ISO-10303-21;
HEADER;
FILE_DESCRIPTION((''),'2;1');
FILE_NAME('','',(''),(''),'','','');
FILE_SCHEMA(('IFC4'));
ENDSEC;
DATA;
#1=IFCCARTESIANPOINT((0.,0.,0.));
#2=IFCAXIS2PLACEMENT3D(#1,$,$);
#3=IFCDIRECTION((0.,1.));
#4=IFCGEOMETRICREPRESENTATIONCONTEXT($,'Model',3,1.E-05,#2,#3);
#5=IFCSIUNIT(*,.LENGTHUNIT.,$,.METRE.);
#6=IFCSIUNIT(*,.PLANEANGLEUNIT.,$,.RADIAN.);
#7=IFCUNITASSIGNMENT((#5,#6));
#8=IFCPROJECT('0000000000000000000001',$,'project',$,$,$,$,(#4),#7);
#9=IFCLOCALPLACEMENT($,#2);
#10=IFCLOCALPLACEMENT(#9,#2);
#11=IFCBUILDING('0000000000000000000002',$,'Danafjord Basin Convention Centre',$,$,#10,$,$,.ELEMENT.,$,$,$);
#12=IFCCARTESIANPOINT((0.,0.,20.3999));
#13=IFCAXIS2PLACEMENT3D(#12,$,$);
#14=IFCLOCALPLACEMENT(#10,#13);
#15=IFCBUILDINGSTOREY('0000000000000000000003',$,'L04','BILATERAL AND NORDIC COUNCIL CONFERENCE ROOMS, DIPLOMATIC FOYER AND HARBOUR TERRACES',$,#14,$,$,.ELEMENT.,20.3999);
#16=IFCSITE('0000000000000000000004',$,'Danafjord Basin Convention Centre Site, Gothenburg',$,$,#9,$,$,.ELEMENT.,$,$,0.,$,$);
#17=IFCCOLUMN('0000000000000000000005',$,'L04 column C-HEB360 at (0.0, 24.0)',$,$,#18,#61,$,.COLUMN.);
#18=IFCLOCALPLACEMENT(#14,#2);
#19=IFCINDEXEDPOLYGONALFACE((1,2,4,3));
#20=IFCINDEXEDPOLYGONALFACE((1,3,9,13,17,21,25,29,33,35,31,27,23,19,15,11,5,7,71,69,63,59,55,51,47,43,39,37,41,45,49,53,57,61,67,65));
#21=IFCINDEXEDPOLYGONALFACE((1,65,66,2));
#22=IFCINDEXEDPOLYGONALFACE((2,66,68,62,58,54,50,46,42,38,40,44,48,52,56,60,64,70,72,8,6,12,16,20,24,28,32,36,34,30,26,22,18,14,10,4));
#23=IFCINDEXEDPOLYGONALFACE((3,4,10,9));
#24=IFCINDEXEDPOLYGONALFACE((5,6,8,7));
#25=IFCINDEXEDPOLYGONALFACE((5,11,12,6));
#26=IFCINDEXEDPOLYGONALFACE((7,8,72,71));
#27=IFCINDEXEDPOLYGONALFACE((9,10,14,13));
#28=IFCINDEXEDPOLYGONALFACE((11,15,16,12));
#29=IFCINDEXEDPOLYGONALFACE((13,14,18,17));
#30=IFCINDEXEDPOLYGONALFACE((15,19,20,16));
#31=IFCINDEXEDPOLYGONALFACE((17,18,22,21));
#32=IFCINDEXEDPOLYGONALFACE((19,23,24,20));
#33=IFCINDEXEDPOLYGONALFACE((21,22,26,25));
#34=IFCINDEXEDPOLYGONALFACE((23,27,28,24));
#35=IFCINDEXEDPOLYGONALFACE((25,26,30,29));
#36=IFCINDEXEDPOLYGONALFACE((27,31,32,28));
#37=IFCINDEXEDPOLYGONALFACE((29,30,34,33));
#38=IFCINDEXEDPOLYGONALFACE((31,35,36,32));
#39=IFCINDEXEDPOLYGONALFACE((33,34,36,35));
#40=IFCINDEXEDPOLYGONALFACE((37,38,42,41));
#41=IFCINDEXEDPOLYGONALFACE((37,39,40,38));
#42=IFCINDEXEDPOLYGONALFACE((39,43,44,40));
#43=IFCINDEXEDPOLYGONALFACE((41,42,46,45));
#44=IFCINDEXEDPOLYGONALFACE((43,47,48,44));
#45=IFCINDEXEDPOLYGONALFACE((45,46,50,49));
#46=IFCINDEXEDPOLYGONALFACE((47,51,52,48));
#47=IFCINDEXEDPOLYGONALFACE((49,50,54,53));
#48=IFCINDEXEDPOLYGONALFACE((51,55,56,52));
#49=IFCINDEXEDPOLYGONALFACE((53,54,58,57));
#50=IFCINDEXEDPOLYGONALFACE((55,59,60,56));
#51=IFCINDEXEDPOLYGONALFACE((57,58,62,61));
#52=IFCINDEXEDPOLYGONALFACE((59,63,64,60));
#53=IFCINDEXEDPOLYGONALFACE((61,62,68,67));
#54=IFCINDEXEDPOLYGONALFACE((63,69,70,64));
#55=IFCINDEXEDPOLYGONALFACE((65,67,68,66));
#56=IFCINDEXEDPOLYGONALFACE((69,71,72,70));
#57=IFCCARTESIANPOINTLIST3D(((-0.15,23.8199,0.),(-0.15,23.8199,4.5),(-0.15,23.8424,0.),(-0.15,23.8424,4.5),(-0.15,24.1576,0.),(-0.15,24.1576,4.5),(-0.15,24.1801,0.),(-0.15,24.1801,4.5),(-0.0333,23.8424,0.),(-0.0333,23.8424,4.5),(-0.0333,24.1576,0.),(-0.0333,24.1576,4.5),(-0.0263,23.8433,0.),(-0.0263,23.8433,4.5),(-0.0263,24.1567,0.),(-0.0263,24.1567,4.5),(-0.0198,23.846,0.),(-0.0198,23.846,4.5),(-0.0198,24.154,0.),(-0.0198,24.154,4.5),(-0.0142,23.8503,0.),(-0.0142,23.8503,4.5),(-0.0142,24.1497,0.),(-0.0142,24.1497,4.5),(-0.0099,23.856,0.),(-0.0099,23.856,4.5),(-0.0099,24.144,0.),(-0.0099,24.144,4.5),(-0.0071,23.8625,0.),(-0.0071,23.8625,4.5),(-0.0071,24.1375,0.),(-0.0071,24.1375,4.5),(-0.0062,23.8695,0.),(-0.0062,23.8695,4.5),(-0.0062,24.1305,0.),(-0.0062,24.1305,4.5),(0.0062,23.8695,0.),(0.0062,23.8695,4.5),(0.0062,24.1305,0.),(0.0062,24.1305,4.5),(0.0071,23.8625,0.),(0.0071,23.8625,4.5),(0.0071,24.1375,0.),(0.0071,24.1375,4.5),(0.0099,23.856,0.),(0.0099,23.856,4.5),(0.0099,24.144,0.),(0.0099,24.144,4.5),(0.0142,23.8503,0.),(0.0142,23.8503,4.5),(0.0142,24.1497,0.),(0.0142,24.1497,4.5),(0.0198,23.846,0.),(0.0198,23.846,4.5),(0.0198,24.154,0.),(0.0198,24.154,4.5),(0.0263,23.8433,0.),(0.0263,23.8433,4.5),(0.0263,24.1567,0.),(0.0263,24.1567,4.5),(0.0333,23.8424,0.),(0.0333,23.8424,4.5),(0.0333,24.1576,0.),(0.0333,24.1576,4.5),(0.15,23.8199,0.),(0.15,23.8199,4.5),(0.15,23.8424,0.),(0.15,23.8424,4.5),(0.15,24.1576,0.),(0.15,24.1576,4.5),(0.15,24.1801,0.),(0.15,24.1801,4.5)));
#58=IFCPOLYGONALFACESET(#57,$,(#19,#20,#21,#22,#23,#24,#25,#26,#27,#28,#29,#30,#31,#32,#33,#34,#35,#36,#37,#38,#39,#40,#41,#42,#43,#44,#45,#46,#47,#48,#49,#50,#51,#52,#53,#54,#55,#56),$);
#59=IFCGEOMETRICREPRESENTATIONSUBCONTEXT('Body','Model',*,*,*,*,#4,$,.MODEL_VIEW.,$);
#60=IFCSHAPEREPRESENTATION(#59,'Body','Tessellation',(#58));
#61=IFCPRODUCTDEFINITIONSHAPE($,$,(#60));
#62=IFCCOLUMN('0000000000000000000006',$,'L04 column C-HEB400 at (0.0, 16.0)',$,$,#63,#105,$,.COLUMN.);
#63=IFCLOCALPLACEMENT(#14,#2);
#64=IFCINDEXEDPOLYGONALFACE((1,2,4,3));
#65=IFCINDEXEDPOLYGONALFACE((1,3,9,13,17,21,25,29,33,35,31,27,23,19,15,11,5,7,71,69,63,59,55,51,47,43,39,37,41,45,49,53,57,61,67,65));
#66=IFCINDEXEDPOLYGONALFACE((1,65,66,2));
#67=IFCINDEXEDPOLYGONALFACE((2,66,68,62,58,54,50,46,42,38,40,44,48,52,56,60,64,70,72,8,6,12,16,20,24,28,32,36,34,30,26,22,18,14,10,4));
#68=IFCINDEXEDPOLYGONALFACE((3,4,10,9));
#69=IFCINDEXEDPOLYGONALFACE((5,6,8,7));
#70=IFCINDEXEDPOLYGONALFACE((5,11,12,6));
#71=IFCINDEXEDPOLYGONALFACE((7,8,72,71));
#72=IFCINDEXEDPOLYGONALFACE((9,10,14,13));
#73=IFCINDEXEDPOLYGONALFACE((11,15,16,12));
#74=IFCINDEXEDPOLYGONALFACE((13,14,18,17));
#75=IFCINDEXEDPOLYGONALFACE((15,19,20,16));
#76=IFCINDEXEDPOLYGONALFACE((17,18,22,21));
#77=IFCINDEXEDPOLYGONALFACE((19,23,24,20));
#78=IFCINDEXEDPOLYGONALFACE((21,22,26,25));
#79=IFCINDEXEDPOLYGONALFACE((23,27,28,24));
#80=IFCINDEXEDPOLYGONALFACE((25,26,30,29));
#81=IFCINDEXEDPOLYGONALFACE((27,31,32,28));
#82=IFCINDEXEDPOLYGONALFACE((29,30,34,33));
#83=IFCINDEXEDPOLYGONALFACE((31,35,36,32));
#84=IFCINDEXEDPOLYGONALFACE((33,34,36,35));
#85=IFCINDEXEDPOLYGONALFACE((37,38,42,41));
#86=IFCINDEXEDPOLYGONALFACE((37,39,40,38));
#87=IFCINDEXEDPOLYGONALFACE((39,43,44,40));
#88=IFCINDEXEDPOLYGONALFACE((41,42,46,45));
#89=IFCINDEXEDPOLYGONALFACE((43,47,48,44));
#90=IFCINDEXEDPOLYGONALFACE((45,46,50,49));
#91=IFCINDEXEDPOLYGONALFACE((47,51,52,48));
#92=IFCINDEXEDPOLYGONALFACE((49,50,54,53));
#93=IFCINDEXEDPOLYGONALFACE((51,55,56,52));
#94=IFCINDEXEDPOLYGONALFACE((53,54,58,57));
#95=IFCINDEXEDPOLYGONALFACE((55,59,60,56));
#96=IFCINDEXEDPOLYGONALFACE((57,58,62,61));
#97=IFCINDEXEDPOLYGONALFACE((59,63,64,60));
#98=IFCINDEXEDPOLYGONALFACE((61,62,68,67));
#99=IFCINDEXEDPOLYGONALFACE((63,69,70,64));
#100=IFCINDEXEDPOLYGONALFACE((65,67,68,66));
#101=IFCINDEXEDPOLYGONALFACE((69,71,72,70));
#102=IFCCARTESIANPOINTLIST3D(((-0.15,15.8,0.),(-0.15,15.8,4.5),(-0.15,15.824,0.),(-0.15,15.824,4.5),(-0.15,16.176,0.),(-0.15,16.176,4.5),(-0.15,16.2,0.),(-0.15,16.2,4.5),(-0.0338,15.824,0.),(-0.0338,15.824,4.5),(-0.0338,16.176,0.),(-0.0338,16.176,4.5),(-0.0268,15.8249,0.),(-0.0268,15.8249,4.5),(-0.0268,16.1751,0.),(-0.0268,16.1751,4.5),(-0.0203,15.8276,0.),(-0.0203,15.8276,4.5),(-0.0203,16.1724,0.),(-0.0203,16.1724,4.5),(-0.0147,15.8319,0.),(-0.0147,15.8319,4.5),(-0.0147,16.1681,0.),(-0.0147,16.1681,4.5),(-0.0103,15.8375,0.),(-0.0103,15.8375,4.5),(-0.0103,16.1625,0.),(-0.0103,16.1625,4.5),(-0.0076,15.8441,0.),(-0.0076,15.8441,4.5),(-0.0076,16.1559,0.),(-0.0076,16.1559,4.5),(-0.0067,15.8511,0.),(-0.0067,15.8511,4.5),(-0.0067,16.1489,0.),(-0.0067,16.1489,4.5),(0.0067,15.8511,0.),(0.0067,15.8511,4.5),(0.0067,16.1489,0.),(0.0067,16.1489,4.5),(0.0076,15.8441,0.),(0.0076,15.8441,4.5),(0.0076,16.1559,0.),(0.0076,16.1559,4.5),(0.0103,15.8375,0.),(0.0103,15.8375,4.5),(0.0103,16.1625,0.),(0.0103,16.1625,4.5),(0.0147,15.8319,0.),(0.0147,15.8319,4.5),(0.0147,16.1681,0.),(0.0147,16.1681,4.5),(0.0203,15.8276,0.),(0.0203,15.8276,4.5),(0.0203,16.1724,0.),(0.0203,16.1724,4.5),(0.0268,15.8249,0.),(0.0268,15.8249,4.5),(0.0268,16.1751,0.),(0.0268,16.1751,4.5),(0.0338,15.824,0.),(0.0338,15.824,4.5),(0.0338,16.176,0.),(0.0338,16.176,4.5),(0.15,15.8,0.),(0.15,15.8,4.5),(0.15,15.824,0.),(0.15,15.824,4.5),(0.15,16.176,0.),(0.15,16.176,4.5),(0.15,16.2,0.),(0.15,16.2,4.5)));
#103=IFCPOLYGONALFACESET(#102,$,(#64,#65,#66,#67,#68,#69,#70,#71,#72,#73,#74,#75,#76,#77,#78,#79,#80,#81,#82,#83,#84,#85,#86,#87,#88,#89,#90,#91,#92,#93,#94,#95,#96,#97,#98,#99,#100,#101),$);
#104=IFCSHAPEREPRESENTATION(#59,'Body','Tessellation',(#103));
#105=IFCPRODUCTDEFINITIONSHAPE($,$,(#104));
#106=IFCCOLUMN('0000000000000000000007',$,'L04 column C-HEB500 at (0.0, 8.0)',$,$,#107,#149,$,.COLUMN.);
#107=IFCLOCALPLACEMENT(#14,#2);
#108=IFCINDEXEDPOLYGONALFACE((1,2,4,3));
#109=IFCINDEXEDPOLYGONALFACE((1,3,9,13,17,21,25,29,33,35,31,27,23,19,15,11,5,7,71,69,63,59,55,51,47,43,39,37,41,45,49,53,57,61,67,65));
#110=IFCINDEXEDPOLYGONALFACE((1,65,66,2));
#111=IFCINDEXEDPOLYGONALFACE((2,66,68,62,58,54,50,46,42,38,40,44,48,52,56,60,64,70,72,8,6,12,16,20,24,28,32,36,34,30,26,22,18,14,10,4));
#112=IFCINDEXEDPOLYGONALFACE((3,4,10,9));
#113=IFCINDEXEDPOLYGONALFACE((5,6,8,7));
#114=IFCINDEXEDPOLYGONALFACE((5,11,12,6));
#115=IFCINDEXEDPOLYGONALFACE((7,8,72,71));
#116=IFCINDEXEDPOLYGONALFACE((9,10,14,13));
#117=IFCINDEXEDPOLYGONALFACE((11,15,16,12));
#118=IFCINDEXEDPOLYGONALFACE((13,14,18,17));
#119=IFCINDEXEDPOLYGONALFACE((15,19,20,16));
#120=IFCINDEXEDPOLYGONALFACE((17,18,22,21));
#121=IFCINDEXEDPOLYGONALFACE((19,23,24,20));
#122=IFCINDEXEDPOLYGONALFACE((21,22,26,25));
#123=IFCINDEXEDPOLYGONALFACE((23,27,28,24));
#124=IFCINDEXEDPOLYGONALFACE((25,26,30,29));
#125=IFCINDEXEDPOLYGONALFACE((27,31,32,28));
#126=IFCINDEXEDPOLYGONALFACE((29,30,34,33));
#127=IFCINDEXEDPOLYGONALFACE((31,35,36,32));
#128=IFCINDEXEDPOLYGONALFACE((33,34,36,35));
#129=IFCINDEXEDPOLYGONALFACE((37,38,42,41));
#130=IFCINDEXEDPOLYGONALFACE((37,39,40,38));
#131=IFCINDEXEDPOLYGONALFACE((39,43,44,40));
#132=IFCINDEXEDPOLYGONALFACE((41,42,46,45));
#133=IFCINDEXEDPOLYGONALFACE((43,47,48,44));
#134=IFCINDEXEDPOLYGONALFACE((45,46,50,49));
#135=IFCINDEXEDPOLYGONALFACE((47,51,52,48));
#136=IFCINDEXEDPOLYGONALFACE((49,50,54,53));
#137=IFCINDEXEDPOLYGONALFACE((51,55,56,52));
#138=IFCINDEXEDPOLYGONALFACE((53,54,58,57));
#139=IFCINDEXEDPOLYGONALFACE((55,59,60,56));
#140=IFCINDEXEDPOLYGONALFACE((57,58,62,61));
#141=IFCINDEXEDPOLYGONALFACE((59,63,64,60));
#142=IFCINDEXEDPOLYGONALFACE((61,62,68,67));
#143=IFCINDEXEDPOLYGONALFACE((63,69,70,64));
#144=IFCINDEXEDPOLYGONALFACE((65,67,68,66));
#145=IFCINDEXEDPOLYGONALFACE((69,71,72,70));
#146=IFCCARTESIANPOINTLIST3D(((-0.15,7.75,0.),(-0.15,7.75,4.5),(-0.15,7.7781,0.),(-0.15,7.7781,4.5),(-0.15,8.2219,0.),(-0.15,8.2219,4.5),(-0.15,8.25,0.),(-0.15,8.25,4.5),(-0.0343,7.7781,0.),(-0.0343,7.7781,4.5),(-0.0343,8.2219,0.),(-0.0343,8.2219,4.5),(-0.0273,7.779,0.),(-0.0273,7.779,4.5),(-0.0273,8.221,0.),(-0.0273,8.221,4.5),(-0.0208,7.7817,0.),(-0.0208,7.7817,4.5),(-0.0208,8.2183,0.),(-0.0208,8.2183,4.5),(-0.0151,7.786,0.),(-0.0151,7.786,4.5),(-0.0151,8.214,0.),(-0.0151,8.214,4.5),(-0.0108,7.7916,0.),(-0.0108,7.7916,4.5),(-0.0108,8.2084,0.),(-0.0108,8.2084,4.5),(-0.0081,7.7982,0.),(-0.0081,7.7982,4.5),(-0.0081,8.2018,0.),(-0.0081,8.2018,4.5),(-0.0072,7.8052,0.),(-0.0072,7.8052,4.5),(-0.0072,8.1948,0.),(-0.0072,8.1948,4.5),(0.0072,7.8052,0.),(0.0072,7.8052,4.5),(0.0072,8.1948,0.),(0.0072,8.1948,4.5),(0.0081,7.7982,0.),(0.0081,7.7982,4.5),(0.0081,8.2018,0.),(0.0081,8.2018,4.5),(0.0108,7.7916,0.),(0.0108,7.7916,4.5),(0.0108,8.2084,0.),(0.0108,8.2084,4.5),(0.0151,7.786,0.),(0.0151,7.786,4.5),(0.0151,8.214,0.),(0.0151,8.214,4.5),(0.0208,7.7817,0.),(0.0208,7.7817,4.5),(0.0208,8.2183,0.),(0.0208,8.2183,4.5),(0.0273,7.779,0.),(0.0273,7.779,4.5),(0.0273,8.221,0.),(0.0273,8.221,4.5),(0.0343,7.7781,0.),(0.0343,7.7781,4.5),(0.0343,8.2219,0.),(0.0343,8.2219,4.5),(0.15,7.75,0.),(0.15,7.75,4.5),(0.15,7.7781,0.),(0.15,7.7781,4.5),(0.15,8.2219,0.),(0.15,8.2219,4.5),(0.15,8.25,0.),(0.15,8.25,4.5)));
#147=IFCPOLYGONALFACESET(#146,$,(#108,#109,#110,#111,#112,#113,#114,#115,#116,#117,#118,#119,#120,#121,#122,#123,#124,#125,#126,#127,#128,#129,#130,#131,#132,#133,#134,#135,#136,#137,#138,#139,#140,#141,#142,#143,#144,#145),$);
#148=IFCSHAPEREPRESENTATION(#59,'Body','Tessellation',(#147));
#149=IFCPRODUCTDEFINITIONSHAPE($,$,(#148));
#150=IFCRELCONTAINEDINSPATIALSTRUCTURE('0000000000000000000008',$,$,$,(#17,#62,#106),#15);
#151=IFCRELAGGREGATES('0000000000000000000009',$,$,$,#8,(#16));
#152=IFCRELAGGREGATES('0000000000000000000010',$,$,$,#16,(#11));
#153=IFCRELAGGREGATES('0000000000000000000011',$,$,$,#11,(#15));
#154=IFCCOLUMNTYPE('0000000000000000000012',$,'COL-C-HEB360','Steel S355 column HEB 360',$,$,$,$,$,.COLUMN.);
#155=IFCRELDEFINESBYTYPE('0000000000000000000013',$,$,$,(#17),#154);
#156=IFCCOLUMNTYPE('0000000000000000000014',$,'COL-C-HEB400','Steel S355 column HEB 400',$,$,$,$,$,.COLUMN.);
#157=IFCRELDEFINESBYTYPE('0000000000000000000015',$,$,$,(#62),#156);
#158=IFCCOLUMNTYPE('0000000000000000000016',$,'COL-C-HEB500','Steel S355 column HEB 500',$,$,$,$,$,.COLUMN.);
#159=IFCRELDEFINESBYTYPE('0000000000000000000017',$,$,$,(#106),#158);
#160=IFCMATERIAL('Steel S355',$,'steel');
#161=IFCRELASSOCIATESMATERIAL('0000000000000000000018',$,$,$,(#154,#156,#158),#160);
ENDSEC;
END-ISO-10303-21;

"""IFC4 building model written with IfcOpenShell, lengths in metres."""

from ifc_helpers import new_model, si_unit, direction, frame, origin, origin_2d, place, context, subcontext, project, spatial, i_section, extrude, material, material_profile, profile_set, type_object, element, save


model = new_model("IFC4")

# Units and contexts
model_context = context("Model", 3, precision=1e-05, world=origin(), true_north=direction((0.0, 1.0)))
body_context = subcontext(model_context, "Body", "Model", "MODEL_VIEW")
ifc_project = project(units=[si_unit("LENGTHUNIT", "METRE"), si_unit("PLANEANGLEUNIT", "RADIAN")], contexts=[model_context])

# Site, building, storey
site_placement = place(None, origin())
site = spatial("IfcSite", under=ifc_project, at=site_placement, Name="Danafjord Basin Convention Centre Site, Gothenburg", CompositionType="ELEMENT", RefElevation=0.0)
building_placement = place(site_placement, origin())
building = spatial("IfcBuilding", under=site, at=building_placement, Name="Danafjord Basin Convention Centre", CompositionType="ELEMENT")
storey_placement = place(building_placement, frame((0.0, 0.0, 20.3999)))
storey = spatial("IfcBuildingStorey", under=building, at=storey_placement, Name="L04", Description="BILATERAL AND NORDIC COUNCIL CONFERENCE ROOMS, DIPLOMATIC FOYER AND HARBOUR TERRACES", CompositionType="ELEMENT", Elevation=20.3999)

# Columns
ifc_material_1 = material(Name="Steel S355", Category="steel")
ifc_material_profile_1 = material_profile(ifc_material_1, i_section(OverallWidth=0.3, OverallDepth=0.3601, WebThickness=0.0125, FlangeThickness=0.0225, FilletRadius=0.0271, at=origin_2d()), Name="HEB 360")
ifc_profile_set_1 = profile_set([ifc_material_profile_1], Name="Steel S355")
column_type_1 = type_object("IfcColumnType", Name="COL-C-HEB360", Description="Steel S355 column HEB 360", PredefinedType="COLUMN", material=ifc_profile_set_1)
column_1_placement = place(storey_placement, frame((0.0, 24.0, 0.0), z_axis=(0.0, 0.0, 1.0), x_axis=(1.0, 0.0, 0.0)))
element("IfcColumn", 1, at=column_1_placement, inside=storey, type_object=column_type_1, Name="L04 column C-HEB360 at (0.0, 24.0)", PredefinedType="COLUMN", context=body_context, shape_type="SweptSolid", body=[
    extrude(i_section(OverallWidth=0.3, OverallDepth=0.3601, WebThickness=0.0125, FlangeThickness=0.0225, FilletRadius=0.0271, at=origin_2d()), origin(), (0.0, 0.0, 1.0), 4.5),
])
ifc_material_profile_2 = material_profile(ifc_material_1, i_section(OverallWidth=0.3, OverallDepth=0.3999, WebThickness=0.0134, FlangeThickness=0.0239, FilletRadius=0.0271, at=origin_2d()), Name="HEB 400")
ifc_profile_set_2 = profile_set([ifc_material_profile_2], Name="Steel S355")
column_type_2 = type_object("IfcColumnType", Name="COL-C-HEB400", Description="Steel S355 column HEB 400", PredefinedType="COLUMN", material=ifc_profile_set_2)
column_2_placement = place(storey_placement, frame((0.0, 16.0, 0.0), z_axis=(0.0, 0.0, 1.0), x_axis=(1.0, 0.0, 0.0)))
element("IfcColumn", 2, at=column_2_placement, inside=storey, type_object=column_type_2, Name="L04 column C-HEB400 at (0.0, 16.0)", PredefinedType="COLUMN", context=body_context, shape_type="SweptSolid", body=[
    extrude(i_section(OverallWidth=0.3, OverallDepth=0.3999, WebThickness=0.0134, FlangeThickness=0.0239, FilletRadius=0.0271, at=origin_2d()), origin(), (0.0, 0.0, 1.0), 4.5),
])
ifc_material_profile_3 = material_profile(ifc_material_1, i_section(OverallWidth=0.3, OverallDepth=0.5, WebThickness=0.0144, FlangeThickness=0.0281, FilletRadius=0.0271, at=origin_2d()), Name="HEB 500")
ifc_profile_set_3 = profile_set([ifc_material_profile_3], Name="Steel S355")
column_type_3 = type_object("IfcColumnType", Name="COL-C-HEB500", Description="Steel S355 column HEB 500", PredefinedType="COLUMN", material=ifc_profile_set_3)
column_3_placement = place(storey_placement, frame((0.0, 8.0, 0.0), z_axis=(0.0, 0.0, 1.0), x_axis=(1.0, 0.0, 0.0)))
element("IfcColumn", 3, at=column_3_placement, inside=storey, type_object=column_type_3, Name="L04 column C-HEB500 at (0.0, 8.0)", PredefinedType="COLUMN", context=body_context, shape_type="SweptSolid", body=[
    extrude(i_section(OverallWidth=0.3, OverallDepth=0.5, WebThickness=0.0144, FlangeThickness=0.0281, FilletRadius=0.0271, at=origin_2d()), origin(), (0.0, 0.0, 1.0), 4.5),
])

save(model, "model.ifc")
